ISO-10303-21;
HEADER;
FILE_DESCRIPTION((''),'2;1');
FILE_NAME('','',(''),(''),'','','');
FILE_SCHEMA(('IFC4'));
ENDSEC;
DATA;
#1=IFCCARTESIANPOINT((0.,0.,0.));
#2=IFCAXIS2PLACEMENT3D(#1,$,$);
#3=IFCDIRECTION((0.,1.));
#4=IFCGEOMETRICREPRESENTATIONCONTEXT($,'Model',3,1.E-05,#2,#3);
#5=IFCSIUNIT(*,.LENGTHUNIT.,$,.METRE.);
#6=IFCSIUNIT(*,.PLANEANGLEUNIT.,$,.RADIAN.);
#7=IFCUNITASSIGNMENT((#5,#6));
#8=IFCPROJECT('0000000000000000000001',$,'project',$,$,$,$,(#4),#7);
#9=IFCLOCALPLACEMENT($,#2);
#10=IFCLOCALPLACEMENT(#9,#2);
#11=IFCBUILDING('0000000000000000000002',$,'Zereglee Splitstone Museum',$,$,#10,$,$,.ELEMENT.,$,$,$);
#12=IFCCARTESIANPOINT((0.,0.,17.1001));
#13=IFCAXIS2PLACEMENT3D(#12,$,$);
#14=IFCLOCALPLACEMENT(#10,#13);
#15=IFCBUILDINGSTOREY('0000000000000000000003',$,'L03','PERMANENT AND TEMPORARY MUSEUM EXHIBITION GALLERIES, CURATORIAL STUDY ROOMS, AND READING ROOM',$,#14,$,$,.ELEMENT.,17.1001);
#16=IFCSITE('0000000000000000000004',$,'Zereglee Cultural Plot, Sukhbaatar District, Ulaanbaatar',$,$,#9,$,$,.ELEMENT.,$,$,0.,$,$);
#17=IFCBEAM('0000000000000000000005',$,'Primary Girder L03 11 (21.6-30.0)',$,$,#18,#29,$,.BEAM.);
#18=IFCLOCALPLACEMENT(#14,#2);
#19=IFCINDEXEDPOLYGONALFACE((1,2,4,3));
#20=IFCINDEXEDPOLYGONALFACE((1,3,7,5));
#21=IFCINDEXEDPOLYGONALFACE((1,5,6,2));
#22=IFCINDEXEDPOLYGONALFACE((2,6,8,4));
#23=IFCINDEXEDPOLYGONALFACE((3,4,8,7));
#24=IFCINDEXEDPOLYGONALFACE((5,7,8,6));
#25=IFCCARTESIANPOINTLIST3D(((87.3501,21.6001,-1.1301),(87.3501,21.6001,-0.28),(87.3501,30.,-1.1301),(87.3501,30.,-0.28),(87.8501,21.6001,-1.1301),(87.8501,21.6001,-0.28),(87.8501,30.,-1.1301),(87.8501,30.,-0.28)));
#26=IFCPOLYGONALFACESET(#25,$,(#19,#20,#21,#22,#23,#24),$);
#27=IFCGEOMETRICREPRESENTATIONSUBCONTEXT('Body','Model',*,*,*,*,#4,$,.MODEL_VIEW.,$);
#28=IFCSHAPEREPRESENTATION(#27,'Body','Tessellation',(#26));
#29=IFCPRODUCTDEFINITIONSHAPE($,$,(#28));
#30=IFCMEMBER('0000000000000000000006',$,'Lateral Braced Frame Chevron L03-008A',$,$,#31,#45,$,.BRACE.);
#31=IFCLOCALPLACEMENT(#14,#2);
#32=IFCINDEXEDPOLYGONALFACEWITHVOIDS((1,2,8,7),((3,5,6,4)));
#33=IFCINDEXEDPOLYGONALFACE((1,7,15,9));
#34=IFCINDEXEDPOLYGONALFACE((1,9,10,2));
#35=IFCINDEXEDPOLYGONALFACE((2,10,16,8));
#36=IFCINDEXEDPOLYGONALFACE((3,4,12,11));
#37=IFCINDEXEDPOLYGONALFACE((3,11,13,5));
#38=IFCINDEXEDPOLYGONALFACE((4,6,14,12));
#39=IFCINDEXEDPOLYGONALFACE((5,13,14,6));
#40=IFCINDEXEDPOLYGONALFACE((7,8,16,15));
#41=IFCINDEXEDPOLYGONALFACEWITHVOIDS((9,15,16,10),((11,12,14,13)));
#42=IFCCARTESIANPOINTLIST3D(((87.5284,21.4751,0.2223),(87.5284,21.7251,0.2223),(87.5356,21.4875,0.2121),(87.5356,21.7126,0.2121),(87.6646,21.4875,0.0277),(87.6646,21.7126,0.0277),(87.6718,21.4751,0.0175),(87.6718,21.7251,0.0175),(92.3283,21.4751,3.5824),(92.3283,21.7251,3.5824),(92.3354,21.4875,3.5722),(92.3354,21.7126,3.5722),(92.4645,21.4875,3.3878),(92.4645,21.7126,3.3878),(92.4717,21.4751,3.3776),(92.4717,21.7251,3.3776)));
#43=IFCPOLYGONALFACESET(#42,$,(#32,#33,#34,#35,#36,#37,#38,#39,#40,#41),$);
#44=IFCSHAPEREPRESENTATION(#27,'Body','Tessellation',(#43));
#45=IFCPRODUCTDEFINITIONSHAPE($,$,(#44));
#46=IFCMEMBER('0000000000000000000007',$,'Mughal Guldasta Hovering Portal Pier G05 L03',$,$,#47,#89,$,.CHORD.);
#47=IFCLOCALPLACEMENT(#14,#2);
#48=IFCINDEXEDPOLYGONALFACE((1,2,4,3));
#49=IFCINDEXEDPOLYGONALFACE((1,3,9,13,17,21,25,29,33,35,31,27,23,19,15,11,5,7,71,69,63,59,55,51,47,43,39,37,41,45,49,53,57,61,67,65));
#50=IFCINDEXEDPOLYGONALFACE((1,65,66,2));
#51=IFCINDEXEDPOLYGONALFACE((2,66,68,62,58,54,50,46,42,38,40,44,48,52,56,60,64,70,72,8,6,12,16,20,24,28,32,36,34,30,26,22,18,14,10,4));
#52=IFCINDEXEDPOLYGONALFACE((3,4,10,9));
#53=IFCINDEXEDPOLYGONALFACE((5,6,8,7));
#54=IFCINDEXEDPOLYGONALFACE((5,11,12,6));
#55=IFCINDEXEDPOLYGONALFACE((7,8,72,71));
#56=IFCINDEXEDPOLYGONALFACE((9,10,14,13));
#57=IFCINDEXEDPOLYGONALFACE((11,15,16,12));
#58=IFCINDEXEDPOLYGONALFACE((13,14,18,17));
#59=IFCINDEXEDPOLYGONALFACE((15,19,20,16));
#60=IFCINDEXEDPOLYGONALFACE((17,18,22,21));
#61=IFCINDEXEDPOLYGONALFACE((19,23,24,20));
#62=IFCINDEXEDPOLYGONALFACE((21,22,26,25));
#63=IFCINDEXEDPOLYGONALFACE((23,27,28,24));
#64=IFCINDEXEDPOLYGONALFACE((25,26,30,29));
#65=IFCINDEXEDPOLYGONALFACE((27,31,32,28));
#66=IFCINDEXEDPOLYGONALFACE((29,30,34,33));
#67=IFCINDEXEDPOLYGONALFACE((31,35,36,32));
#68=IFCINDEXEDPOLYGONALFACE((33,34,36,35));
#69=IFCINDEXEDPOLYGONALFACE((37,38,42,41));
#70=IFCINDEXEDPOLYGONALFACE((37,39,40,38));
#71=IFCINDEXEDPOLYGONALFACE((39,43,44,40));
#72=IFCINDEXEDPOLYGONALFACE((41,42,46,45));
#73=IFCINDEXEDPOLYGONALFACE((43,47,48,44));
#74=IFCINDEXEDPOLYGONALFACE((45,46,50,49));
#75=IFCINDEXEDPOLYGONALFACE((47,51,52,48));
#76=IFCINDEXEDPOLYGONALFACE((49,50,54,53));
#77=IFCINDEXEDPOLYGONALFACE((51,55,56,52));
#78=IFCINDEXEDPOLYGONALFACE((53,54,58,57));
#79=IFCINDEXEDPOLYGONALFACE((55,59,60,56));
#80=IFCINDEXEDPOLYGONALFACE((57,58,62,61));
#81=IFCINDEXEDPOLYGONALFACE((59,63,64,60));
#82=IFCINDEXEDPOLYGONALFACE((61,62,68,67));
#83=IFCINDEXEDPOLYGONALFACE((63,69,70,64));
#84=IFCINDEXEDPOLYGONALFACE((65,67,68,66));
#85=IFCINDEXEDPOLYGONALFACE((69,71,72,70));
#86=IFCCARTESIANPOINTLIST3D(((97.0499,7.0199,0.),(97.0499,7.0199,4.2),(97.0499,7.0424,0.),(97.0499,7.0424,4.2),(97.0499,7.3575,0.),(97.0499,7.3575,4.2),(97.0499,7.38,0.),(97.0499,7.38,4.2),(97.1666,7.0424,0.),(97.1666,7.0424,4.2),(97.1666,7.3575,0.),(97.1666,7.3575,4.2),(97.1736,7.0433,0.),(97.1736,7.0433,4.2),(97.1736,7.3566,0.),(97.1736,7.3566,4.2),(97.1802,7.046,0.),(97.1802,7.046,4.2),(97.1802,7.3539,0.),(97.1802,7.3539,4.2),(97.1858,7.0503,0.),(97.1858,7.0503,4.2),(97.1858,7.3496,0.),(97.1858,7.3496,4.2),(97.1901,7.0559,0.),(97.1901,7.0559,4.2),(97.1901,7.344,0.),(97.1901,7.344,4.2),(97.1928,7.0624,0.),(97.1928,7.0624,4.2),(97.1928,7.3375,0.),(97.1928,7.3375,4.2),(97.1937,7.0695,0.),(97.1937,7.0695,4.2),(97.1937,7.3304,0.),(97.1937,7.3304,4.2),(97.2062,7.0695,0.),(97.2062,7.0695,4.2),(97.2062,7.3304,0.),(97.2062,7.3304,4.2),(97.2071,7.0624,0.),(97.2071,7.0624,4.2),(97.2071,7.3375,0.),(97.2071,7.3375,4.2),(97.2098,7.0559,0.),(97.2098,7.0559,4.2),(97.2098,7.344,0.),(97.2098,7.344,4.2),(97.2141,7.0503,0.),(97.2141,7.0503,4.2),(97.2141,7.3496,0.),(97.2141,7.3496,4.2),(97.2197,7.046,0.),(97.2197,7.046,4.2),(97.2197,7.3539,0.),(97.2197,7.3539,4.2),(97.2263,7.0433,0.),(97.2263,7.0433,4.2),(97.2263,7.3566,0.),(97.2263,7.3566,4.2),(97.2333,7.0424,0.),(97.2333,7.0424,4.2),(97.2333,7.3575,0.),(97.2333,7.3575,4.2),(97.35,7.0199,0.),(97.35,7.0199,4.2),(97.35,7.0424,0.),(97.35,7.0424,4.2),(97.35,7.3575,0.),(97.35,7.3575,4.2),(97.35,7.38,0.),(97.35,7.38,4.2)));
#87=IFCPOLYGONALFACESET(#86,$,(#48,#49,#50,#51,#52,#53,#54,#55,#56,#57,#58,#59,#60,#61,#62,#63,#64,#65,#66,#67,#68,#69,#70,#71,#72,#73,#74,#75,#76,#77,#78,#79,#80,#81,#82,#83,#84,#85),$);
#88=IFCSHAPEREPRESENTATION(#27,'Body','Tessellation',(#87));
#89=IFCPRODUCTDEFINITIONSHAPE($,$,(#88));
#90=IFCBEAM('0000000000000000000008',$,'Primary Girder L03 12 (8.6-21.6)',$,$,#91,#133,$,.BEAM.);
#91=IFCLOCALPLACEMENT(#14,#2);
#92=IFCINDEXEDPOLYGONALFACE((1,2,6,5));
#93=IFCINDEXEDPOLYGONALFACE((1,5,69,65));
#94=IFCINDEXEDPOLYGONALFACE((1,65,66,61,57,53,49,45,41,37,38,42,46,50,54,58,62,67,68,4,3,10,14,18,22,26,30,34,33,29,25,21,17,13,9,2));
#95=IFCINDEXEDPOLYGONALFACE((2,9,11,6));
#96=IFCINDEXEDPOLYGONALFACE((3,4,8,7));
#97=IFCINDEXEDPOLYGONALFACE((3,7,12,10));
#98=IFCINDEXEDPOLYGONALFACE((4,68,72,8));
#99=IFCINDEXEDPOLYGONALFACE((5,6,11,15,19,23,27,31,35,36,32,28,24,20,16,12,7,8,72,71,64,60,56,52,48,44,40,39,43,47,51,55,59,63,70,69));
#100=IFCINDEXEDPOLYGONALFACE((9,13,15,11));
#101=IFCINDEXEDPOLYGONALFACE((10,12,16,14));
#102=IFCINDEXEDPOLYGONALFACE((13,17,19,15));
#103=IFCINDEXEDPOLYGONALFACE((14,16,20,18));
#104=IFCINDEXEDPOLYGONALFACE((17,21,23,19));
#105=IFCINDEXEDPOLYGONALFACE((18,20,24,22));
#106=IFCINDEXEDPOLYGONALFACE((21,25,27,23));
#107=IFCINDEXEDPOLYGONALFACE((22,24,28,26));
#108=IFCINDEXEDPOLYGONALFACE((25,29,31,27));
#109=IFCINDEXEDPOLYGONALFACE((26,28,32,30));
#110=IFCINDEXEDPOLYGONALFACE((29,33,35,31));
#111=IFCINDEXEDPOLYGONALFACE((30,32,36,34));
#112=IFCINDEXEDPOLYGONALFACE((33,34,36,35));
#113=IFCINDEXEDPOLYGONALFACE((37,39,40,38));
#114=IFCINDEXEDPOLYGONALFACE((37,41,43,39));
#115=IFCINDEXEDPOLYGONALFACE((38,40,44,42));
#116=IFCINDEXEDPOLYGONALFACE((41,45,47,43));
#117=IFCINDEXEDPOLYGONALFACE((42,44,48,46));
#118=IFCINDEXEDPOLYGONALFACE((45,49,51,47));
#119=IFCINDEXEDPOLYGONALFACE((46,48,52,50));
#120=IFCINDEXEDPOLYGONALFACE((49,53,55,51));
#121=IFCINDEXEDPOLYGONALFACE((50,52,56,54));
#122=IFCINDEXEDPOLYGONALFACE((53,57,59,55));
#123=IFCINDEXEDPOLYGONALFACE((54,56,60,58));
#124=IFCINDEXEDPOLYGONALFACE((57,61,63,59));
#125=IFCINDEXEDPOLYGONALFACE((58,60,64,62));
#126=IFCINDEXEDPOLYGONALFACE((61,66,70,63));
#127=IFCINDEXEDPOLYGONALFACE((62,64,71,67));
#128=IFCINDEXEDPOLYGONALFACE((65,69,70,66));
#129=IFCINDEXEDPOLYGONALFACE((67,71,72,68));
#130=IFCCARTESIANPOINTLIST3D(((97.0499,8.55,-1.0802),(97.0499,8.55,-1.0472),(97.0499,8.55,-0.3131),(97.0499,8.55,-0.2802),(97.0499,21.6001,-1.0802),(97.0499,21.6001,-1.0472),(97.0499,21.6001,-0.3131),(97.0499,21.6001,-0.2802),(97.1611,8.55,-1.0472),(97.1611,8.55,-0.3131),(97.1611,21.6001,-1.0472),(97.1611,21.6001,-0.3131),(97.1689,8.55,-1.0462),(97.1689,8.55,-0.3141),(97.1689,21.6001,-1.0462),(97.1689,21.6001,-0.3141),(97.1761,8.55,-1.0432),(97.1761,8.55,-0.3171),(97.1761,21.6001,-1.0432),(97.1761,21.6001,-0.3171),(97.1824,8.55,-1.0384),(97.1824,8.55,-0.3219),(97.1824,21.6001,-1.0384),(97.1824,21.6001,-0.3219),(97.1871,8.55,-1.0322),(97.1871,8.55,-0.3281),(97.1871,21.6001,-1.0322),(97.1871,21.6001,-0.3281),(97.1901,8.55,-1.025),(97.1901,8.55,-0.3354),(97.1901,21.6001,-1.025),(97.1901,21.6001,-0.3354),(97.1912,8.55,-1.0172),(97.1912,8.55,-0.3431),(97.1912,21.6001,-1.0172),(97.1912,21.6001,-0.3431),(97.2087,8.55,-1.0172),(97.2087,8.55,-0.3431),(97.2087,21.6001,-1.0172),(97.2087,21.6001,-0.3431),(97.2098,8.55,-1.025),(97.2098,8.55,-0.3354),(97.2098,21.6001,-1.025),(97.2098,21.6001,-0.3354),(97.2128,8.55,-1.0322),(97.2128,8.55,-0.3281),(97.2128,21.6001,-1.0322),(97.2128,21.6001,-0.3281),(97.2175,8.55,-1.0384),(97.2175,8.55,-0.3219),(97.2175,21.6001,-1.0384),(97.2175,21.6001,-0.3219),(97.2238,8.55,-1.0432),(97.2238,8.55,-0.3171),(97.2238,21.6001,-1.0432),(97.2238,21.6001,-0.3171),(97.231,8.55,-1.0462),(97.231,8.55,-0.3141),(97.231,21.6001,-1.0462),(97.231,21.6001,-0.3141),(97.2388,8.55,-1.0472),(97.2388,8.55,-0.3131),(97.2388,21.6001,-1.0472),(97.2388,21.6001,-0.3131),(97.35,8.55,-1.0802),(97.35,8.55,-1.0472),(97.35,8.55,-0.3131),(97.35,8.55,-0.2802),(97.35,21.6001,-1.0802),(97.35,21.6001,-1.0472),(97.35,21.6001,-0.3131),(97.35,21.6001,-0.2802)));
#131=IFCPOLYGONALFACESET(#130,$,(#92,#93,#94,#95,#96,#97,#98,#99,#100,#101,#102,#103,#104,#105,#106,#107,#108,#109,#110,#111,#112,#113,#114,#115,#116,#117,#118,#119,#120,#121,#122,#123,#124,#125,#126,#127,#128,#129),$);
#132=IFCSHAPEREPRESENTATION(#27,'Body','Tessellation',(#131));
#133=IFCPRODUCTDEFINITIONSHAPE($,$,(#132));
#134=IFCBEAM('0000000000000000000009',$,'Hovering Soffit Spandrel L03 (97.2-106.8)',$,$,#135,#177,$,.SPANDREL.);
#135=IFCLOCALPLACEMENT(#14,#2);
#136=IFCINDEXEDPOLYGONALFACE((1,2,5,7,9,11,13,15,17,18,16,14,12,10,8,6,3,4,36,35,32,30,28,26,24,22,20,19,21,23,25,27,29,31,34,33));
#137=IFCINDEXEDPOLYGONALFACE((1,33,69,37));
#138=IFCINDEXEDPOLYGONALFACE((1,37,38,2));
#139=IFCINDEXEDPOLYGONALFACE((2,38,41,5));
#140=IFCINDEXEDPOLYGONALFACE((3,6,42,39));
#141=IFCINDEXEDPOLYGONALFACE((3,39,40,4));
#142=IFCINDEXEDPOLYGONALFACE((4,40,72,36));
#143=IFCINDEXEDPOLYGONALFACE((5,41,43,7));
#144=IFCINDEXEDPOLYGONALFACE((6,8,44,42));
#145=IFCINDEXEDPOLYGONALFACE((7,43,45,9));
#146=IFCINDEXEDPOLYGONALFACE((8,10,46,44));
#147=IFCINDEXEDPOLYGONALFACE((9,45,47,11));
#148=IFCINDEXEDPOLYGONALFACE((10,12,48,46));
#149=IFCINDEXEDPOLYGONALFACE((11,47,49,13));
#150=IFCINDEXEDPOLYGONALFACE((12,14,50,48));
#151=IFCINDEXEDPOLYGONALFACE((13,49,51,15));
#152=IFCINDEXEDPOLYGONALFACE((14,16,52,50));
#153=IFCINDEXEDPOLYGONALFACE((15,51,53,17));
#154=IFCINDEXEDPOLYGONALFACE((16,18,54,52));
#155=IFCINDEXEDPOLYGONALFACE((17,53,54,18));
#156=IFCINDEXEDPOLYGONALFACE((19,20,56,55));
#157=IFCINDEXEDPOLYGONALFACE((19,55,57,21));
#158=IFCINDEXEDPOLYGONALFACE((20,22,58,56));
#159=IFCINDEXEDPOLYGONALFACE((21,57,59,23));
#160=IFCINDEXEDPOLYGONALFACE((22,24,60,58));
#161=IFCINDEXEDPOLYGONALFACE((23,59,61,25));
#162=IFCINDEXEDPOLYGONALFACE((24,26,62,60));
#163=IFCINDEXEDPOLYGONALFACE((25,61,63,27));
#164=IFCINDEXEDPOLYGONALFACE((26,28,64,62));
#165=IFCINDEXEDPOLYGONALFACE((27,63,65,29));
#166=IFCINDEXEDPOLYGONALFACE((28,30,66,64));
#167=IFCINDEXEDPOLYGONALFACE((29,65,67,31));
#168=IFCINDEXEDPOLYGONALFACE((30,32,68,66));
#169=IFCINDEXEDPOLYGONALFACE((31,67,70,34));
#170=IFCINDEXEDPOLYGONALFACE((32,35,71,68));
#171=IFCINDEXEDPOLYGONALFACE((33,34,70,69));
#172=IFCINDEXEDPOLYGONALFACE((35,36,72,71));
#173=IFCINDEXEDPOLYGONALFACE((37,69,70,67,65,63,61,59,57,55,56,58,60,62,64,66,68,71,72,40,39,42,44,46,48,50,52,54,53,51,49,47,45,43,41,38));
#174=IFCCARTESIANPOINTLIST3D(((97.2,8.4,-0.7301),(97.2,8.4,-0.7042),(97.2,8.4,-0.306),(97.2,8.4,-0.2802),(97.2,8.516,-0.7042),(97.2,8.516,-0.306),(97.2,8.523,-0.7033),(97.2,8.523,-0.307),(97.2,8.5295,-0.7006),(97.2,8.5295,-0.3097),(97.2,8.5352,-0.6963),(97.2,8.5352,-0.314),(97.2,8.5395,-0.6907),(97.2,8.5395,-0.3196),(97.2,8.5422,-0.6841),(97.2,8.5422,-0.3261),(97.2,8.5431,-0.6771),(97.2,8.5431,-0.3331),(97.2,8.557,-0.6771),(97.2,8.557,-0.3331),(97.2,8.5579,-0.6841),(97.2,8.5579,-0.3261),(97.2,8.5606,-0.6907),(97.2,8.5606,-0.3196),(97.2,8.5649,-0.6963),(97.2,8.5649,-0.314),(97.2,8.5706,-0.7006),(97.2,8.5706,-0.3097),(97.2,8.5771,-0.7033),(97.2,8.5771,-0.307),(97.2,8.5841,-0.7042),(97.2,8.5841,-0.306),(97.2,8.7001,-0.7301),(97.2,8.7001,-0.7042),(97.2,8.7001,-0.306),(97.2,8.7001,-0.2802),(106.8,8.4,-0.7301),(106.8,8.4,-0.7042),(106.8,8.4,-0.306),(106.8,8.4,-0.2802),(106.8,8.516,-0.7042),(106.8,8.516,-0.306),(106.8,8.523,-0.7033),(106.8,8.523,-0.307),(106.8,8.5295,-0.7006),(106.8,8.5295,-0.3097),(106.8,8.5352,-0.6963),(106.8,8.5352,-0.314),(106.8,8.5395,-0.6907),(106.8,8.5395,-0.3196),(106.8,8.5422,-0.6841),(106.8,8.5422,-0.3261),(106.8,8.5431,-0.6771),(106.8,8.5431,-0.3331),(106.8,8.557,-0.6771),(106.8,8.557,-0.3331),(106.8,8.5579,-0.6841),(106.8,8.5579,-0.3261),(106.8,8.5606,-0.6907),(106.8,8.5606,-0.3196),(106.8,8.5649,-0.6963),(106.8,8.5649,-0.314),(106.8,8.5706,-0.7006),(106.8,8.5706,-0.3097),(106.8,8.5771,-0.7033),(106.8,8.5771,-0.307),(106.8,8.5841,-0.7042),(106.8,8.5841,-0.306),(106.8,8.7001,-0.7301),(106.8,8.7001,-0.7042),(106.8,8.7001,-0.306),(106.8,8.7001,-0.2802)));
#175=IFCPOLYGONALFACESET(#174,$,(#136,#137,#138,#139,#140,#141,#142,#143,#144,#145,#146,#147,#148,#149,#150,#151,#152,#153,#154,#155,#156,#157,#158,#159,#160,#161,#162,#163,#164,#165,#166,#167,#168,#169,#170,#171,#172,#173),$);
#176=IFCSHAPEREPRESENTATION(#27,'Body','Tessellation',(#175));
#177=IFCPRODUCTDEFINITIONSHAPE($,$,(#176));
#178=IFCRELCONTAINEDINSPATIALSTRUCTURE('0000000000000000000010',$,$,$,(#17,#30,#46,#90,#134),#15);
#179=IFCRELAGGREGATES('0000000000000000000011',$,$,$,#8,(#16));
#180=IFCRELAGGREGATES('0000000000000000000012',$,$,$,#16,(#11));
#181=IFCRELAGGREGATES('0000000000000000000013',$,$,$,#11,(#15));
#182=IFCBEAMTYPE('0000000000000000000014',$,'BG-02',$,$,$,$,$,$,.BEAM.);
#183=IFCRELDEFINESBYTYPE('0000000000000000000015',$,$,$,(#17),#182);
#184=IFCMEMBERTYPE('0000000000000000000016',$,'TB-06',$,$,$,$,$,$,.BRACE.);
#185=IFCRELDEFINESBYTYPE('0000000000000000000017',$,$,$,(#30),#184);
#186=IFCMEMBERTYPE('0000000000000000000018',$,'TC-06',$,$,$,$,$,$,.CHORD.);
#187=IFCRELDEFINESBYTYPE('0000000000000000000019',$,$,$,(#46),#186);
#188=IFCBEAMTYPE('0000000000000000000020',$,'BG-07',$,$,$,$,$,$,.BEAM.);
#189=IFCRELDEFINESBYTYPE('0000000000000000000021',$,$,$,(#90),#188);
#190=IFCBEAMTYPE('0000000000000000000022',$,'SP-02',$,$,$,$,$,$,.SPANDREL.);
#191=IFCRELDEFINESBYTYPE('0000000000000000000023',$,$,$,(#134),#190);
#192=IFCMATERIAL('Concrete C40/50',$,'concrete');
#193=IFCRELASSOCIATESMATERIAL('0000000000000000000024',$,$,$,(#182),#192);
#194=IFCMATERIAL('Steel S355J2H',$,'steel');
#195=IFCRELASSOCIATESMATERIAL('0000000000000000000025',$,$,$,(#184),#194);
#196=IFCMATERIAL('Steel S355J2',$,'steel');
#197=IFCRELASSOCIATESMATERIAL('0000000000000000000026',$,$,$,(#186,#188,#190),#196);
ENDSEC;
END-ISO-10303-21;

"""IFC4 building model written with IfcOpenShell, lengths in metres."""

from ifc_helpers import new_model, si_unit, direction, frame, origin, origin_2d, place, context, subcontext, project, spatial, rectangle, hollow_rectangle, i_section, extrude, material, material_profile, profile_set, type_object, element, save


model = new_model("IFC4")

# Units and contexts
model_context = context("Model", 3, precision=1e-05, world=origin(), true_north=direction((0.0, 1.0)))
body_context = subcontext(model_context, "Body", "Model", "MODEL_VIEW")
ifc_project = project(units=[si_unit("LENGTHUNIT", "METRE"), si_unit("PLANEANGLEUNIT", "RADIAN")], contexts=[model_context])

# Site, building, storey
site_placement = place(None, origin())
site = spatial("IfcSite", under=ifc_project, at=site_placement, Name="Zereglee Cultural Plot, Sukhbaatar District, Ulaanbaatar", CompositionType="ELEMENT", RefElevation=0.0)
building_placement = place(site_placement, origin())
building = spatial("IfcBuilding", under=site, at=building_placement, Name="Zereglee Splitstone Museum", CompositionType="ELEMENT")
storey_placement = place(building_placement, frame((0.0, 0.0, 17.1001)))
storey = spatial("IfcBuildingStorey", under=building, at=storey_placement, Name="L03", Description="PERMANENT AND TEMPORARY MUSEUM EXHIBITION GALLERIES, CURATORIAL STUDY ROOMS, AND READING ROOM", CompositionType="ELEMENT", Elevation=17.1001)

# Beam
ifc_material_1 = material(Name="Concrete C40/50", Category="concrete")
ifc_material_profile_1 = material_profile(ifc_material_1, rectangle(XDim=0.5, YDim=0.8501, at=origin_2d()), Name="RC 500x850")
ifc_profile_set_1 = profile_set([ifc_material_profile_1], Name="Concrete C40/50")
beam_type_1 = type_object("IfcBeamType", Name="BG-02", PredefinedType="BEAM", material=ifc_profile_set_1)
beam_1_placement = place(storey_placement, frame((87.6001, 21.6001, -0.7051), z_axis=(0.0, 1.0, 0.0), x_axis=(-1.0, 0.0, 0.0)))
element("IfcBeam", 1, at=beam_1_placement, inside=storey, type_object=beam_type_1, Name="Primary Girder L03 11 (21.6-30.0)", PredefinedType="BEAM", context=body_context, shape_type="SweptSolid", body=[
    extrude(rectangle(XDim=0.5, YDim=0.8501, at=origin_2d()), origin(), (0.0, 0.0, 1.0), 8.3999),
])

# Members
ifc_material_2 = material(Name="Steel S355J2H", Category="steel")
ifc_material_profile_2 = material_profile(ifc_material_2, hollow_rectangle(XDim=0.25, YDim=0.25, WallThickness=0.0125, at=origin_2d()), Name="SHS 250x250x12.5")
ifc_profile_set_2 = profile_set([ifc_material_profile_2], Name="Steel S355J2H")
member_type_1 = type_object("IfcMemberType", Name="TB-06", PredefinedType="BRACE", material=ifc_profile_set_2)
member_1_placement = place(storey_placement, frame((87.6001, 21.6001, 0.1199), z_axis=(0.819212, 0.0, 0.57349), x_axis=(0.0, 1.0, 0.0)))
element("IfcMember", 2, at=member_1_placement, inside=storey, type_object=member_type_1, Name="Lateral Braced Frame Chevron L03-008A", PredefinedType="BRACE", context=body_context, shape_type="SweptSolid", body=[
    extrude(hollow_rectangle(XDim=0.25, YDim=0.25, WallThickness=0.0125, at=origin_2d()), origin(), (0.0, 0.0, 1.0), 5.8591),
])
ifc_material_3 = material(Name="Steel S355J2", Category="steel")
ifc_material_profile_3 = material_profile(ifc_material_3, i_section(OverallWidth=0.3, OverallDepth=0.3601, WebThickness=0.0125, FlangeThickness=0.0225, FilletRadius=0.0271, at=origin_2d()), Name="HE 360 B")
ifc_profile_set_3 = profile_set([ifc_material_profile_3], Name="Steel S355J2")
member_type_2 = type_object("IfcMemberType", Name="TC-06", PredefinedType="CHORD", material=ifc_profile_set_3)
member_2_placement = place(storey_placement, frame((97.2, 7.2, 0.0), z_axis=(0.0, 0.0, 1.0), x_axis=(1.0, 0.0, 0.0)))
element("IfcMember", 3, at=member_2_placement, inside=storey, type_object=member_type_2, Name="Mughal Guldasta Hovering Portal Pier G05 L03", PredefinedType="CHORD", context=body_context, shape_type="SweptSolid", body=[
    extrude(i_section(OverallWidth=0.3, OverallDepth=0.3601, WebThickness=0.0125, FlangeThickness=0.0225, FilletRadius=0.0271, at=origin_2d()), origin(), (0.0, 0.0, 1.0), 4.2),
])

# Beams
ifc_material_profile_4 = material_profile(ifc_material_3, i_section(OverallWidth=0.3, OverallDepth=0.8, WebThickness=0.0176, FlangeThickness=0.033, FilletRadius=0.03, at=origin_2d()), Name="HE 800 B")
ifc_profile_set_4 = profile_set([ifc_material_profile_4], Name="Steel S355J2")
beam_type_2 = type_object("IfcBeamType", Name="BG-07", PredefinedType="BEAM", material=ifc_profile_set_4)
beam_2_placement = place(storey_placement, frame((97.2, 8.55, -0.6802), z_axis=(0.0, 1.0, 0.0), x_axis=(-1.0, 0.0, 0.0)))
element("IfcBeam", 4, at=beam_2_placement, inside=storey, type_object=beam_type_2, Name="Primary Girder L03 12 (8.6-21.6)", PredefinedType="BEAM", context=body_context, shape_type="SweptSolid", body=[
    extrude(i_section(OverallWidth=0.3, OverallDepth=0.8, WebThickness=0.0176, FlangeThickness=0.033, FilletRadius=0.03, at=origin_2d()), origin(), (0.0, 0.0, 1.0), 13.05),
])
ifc_material_profile_5 = material_profile(ifc_material_3, i_section(OverallWidth=0.3, OverallDepth=0.45, WebThickness=0.0139, FlangeThickness=0.0259, FilletRadius=0.0271, at=origin_2d()), Name="HE 450 B")
ifc_profile_set_5 = profile_set([ifc_material_profile_5], Name="Steel S355J2")
beam_type_3 = type_object("IfcBeamType", Name="SP-02", PredefinedType="SPANDREL", material=ifc_profile_set_5)
beam_3_placement = place(storey_placement, frame((97.2, 8.55, -0.5051), z_axis=(1.0, 0.0, 0.0), x_axis=(0.0, 1.0, 0.0)))
element("IfcBeam", 5, at=beam_3_placement, inside=storey, type_object=beam_type_3, Name="Hovering Soffit Spandrel L03 (97.2-106.8)", PredefinedType="SPANDREL", context=body_context, shape_type="SweptSolid", body=[
    extrude(i_section(OverallWidth=0.3, OverallDepth=0.45, WebThickness=0.0139, FlangeThickness=0.0259, FilletRadius=0.0271, at=origin_2d()), origin(), (0.0, 0.0, 1.0), 9.6001),
])

save(model, "model.ifc")
